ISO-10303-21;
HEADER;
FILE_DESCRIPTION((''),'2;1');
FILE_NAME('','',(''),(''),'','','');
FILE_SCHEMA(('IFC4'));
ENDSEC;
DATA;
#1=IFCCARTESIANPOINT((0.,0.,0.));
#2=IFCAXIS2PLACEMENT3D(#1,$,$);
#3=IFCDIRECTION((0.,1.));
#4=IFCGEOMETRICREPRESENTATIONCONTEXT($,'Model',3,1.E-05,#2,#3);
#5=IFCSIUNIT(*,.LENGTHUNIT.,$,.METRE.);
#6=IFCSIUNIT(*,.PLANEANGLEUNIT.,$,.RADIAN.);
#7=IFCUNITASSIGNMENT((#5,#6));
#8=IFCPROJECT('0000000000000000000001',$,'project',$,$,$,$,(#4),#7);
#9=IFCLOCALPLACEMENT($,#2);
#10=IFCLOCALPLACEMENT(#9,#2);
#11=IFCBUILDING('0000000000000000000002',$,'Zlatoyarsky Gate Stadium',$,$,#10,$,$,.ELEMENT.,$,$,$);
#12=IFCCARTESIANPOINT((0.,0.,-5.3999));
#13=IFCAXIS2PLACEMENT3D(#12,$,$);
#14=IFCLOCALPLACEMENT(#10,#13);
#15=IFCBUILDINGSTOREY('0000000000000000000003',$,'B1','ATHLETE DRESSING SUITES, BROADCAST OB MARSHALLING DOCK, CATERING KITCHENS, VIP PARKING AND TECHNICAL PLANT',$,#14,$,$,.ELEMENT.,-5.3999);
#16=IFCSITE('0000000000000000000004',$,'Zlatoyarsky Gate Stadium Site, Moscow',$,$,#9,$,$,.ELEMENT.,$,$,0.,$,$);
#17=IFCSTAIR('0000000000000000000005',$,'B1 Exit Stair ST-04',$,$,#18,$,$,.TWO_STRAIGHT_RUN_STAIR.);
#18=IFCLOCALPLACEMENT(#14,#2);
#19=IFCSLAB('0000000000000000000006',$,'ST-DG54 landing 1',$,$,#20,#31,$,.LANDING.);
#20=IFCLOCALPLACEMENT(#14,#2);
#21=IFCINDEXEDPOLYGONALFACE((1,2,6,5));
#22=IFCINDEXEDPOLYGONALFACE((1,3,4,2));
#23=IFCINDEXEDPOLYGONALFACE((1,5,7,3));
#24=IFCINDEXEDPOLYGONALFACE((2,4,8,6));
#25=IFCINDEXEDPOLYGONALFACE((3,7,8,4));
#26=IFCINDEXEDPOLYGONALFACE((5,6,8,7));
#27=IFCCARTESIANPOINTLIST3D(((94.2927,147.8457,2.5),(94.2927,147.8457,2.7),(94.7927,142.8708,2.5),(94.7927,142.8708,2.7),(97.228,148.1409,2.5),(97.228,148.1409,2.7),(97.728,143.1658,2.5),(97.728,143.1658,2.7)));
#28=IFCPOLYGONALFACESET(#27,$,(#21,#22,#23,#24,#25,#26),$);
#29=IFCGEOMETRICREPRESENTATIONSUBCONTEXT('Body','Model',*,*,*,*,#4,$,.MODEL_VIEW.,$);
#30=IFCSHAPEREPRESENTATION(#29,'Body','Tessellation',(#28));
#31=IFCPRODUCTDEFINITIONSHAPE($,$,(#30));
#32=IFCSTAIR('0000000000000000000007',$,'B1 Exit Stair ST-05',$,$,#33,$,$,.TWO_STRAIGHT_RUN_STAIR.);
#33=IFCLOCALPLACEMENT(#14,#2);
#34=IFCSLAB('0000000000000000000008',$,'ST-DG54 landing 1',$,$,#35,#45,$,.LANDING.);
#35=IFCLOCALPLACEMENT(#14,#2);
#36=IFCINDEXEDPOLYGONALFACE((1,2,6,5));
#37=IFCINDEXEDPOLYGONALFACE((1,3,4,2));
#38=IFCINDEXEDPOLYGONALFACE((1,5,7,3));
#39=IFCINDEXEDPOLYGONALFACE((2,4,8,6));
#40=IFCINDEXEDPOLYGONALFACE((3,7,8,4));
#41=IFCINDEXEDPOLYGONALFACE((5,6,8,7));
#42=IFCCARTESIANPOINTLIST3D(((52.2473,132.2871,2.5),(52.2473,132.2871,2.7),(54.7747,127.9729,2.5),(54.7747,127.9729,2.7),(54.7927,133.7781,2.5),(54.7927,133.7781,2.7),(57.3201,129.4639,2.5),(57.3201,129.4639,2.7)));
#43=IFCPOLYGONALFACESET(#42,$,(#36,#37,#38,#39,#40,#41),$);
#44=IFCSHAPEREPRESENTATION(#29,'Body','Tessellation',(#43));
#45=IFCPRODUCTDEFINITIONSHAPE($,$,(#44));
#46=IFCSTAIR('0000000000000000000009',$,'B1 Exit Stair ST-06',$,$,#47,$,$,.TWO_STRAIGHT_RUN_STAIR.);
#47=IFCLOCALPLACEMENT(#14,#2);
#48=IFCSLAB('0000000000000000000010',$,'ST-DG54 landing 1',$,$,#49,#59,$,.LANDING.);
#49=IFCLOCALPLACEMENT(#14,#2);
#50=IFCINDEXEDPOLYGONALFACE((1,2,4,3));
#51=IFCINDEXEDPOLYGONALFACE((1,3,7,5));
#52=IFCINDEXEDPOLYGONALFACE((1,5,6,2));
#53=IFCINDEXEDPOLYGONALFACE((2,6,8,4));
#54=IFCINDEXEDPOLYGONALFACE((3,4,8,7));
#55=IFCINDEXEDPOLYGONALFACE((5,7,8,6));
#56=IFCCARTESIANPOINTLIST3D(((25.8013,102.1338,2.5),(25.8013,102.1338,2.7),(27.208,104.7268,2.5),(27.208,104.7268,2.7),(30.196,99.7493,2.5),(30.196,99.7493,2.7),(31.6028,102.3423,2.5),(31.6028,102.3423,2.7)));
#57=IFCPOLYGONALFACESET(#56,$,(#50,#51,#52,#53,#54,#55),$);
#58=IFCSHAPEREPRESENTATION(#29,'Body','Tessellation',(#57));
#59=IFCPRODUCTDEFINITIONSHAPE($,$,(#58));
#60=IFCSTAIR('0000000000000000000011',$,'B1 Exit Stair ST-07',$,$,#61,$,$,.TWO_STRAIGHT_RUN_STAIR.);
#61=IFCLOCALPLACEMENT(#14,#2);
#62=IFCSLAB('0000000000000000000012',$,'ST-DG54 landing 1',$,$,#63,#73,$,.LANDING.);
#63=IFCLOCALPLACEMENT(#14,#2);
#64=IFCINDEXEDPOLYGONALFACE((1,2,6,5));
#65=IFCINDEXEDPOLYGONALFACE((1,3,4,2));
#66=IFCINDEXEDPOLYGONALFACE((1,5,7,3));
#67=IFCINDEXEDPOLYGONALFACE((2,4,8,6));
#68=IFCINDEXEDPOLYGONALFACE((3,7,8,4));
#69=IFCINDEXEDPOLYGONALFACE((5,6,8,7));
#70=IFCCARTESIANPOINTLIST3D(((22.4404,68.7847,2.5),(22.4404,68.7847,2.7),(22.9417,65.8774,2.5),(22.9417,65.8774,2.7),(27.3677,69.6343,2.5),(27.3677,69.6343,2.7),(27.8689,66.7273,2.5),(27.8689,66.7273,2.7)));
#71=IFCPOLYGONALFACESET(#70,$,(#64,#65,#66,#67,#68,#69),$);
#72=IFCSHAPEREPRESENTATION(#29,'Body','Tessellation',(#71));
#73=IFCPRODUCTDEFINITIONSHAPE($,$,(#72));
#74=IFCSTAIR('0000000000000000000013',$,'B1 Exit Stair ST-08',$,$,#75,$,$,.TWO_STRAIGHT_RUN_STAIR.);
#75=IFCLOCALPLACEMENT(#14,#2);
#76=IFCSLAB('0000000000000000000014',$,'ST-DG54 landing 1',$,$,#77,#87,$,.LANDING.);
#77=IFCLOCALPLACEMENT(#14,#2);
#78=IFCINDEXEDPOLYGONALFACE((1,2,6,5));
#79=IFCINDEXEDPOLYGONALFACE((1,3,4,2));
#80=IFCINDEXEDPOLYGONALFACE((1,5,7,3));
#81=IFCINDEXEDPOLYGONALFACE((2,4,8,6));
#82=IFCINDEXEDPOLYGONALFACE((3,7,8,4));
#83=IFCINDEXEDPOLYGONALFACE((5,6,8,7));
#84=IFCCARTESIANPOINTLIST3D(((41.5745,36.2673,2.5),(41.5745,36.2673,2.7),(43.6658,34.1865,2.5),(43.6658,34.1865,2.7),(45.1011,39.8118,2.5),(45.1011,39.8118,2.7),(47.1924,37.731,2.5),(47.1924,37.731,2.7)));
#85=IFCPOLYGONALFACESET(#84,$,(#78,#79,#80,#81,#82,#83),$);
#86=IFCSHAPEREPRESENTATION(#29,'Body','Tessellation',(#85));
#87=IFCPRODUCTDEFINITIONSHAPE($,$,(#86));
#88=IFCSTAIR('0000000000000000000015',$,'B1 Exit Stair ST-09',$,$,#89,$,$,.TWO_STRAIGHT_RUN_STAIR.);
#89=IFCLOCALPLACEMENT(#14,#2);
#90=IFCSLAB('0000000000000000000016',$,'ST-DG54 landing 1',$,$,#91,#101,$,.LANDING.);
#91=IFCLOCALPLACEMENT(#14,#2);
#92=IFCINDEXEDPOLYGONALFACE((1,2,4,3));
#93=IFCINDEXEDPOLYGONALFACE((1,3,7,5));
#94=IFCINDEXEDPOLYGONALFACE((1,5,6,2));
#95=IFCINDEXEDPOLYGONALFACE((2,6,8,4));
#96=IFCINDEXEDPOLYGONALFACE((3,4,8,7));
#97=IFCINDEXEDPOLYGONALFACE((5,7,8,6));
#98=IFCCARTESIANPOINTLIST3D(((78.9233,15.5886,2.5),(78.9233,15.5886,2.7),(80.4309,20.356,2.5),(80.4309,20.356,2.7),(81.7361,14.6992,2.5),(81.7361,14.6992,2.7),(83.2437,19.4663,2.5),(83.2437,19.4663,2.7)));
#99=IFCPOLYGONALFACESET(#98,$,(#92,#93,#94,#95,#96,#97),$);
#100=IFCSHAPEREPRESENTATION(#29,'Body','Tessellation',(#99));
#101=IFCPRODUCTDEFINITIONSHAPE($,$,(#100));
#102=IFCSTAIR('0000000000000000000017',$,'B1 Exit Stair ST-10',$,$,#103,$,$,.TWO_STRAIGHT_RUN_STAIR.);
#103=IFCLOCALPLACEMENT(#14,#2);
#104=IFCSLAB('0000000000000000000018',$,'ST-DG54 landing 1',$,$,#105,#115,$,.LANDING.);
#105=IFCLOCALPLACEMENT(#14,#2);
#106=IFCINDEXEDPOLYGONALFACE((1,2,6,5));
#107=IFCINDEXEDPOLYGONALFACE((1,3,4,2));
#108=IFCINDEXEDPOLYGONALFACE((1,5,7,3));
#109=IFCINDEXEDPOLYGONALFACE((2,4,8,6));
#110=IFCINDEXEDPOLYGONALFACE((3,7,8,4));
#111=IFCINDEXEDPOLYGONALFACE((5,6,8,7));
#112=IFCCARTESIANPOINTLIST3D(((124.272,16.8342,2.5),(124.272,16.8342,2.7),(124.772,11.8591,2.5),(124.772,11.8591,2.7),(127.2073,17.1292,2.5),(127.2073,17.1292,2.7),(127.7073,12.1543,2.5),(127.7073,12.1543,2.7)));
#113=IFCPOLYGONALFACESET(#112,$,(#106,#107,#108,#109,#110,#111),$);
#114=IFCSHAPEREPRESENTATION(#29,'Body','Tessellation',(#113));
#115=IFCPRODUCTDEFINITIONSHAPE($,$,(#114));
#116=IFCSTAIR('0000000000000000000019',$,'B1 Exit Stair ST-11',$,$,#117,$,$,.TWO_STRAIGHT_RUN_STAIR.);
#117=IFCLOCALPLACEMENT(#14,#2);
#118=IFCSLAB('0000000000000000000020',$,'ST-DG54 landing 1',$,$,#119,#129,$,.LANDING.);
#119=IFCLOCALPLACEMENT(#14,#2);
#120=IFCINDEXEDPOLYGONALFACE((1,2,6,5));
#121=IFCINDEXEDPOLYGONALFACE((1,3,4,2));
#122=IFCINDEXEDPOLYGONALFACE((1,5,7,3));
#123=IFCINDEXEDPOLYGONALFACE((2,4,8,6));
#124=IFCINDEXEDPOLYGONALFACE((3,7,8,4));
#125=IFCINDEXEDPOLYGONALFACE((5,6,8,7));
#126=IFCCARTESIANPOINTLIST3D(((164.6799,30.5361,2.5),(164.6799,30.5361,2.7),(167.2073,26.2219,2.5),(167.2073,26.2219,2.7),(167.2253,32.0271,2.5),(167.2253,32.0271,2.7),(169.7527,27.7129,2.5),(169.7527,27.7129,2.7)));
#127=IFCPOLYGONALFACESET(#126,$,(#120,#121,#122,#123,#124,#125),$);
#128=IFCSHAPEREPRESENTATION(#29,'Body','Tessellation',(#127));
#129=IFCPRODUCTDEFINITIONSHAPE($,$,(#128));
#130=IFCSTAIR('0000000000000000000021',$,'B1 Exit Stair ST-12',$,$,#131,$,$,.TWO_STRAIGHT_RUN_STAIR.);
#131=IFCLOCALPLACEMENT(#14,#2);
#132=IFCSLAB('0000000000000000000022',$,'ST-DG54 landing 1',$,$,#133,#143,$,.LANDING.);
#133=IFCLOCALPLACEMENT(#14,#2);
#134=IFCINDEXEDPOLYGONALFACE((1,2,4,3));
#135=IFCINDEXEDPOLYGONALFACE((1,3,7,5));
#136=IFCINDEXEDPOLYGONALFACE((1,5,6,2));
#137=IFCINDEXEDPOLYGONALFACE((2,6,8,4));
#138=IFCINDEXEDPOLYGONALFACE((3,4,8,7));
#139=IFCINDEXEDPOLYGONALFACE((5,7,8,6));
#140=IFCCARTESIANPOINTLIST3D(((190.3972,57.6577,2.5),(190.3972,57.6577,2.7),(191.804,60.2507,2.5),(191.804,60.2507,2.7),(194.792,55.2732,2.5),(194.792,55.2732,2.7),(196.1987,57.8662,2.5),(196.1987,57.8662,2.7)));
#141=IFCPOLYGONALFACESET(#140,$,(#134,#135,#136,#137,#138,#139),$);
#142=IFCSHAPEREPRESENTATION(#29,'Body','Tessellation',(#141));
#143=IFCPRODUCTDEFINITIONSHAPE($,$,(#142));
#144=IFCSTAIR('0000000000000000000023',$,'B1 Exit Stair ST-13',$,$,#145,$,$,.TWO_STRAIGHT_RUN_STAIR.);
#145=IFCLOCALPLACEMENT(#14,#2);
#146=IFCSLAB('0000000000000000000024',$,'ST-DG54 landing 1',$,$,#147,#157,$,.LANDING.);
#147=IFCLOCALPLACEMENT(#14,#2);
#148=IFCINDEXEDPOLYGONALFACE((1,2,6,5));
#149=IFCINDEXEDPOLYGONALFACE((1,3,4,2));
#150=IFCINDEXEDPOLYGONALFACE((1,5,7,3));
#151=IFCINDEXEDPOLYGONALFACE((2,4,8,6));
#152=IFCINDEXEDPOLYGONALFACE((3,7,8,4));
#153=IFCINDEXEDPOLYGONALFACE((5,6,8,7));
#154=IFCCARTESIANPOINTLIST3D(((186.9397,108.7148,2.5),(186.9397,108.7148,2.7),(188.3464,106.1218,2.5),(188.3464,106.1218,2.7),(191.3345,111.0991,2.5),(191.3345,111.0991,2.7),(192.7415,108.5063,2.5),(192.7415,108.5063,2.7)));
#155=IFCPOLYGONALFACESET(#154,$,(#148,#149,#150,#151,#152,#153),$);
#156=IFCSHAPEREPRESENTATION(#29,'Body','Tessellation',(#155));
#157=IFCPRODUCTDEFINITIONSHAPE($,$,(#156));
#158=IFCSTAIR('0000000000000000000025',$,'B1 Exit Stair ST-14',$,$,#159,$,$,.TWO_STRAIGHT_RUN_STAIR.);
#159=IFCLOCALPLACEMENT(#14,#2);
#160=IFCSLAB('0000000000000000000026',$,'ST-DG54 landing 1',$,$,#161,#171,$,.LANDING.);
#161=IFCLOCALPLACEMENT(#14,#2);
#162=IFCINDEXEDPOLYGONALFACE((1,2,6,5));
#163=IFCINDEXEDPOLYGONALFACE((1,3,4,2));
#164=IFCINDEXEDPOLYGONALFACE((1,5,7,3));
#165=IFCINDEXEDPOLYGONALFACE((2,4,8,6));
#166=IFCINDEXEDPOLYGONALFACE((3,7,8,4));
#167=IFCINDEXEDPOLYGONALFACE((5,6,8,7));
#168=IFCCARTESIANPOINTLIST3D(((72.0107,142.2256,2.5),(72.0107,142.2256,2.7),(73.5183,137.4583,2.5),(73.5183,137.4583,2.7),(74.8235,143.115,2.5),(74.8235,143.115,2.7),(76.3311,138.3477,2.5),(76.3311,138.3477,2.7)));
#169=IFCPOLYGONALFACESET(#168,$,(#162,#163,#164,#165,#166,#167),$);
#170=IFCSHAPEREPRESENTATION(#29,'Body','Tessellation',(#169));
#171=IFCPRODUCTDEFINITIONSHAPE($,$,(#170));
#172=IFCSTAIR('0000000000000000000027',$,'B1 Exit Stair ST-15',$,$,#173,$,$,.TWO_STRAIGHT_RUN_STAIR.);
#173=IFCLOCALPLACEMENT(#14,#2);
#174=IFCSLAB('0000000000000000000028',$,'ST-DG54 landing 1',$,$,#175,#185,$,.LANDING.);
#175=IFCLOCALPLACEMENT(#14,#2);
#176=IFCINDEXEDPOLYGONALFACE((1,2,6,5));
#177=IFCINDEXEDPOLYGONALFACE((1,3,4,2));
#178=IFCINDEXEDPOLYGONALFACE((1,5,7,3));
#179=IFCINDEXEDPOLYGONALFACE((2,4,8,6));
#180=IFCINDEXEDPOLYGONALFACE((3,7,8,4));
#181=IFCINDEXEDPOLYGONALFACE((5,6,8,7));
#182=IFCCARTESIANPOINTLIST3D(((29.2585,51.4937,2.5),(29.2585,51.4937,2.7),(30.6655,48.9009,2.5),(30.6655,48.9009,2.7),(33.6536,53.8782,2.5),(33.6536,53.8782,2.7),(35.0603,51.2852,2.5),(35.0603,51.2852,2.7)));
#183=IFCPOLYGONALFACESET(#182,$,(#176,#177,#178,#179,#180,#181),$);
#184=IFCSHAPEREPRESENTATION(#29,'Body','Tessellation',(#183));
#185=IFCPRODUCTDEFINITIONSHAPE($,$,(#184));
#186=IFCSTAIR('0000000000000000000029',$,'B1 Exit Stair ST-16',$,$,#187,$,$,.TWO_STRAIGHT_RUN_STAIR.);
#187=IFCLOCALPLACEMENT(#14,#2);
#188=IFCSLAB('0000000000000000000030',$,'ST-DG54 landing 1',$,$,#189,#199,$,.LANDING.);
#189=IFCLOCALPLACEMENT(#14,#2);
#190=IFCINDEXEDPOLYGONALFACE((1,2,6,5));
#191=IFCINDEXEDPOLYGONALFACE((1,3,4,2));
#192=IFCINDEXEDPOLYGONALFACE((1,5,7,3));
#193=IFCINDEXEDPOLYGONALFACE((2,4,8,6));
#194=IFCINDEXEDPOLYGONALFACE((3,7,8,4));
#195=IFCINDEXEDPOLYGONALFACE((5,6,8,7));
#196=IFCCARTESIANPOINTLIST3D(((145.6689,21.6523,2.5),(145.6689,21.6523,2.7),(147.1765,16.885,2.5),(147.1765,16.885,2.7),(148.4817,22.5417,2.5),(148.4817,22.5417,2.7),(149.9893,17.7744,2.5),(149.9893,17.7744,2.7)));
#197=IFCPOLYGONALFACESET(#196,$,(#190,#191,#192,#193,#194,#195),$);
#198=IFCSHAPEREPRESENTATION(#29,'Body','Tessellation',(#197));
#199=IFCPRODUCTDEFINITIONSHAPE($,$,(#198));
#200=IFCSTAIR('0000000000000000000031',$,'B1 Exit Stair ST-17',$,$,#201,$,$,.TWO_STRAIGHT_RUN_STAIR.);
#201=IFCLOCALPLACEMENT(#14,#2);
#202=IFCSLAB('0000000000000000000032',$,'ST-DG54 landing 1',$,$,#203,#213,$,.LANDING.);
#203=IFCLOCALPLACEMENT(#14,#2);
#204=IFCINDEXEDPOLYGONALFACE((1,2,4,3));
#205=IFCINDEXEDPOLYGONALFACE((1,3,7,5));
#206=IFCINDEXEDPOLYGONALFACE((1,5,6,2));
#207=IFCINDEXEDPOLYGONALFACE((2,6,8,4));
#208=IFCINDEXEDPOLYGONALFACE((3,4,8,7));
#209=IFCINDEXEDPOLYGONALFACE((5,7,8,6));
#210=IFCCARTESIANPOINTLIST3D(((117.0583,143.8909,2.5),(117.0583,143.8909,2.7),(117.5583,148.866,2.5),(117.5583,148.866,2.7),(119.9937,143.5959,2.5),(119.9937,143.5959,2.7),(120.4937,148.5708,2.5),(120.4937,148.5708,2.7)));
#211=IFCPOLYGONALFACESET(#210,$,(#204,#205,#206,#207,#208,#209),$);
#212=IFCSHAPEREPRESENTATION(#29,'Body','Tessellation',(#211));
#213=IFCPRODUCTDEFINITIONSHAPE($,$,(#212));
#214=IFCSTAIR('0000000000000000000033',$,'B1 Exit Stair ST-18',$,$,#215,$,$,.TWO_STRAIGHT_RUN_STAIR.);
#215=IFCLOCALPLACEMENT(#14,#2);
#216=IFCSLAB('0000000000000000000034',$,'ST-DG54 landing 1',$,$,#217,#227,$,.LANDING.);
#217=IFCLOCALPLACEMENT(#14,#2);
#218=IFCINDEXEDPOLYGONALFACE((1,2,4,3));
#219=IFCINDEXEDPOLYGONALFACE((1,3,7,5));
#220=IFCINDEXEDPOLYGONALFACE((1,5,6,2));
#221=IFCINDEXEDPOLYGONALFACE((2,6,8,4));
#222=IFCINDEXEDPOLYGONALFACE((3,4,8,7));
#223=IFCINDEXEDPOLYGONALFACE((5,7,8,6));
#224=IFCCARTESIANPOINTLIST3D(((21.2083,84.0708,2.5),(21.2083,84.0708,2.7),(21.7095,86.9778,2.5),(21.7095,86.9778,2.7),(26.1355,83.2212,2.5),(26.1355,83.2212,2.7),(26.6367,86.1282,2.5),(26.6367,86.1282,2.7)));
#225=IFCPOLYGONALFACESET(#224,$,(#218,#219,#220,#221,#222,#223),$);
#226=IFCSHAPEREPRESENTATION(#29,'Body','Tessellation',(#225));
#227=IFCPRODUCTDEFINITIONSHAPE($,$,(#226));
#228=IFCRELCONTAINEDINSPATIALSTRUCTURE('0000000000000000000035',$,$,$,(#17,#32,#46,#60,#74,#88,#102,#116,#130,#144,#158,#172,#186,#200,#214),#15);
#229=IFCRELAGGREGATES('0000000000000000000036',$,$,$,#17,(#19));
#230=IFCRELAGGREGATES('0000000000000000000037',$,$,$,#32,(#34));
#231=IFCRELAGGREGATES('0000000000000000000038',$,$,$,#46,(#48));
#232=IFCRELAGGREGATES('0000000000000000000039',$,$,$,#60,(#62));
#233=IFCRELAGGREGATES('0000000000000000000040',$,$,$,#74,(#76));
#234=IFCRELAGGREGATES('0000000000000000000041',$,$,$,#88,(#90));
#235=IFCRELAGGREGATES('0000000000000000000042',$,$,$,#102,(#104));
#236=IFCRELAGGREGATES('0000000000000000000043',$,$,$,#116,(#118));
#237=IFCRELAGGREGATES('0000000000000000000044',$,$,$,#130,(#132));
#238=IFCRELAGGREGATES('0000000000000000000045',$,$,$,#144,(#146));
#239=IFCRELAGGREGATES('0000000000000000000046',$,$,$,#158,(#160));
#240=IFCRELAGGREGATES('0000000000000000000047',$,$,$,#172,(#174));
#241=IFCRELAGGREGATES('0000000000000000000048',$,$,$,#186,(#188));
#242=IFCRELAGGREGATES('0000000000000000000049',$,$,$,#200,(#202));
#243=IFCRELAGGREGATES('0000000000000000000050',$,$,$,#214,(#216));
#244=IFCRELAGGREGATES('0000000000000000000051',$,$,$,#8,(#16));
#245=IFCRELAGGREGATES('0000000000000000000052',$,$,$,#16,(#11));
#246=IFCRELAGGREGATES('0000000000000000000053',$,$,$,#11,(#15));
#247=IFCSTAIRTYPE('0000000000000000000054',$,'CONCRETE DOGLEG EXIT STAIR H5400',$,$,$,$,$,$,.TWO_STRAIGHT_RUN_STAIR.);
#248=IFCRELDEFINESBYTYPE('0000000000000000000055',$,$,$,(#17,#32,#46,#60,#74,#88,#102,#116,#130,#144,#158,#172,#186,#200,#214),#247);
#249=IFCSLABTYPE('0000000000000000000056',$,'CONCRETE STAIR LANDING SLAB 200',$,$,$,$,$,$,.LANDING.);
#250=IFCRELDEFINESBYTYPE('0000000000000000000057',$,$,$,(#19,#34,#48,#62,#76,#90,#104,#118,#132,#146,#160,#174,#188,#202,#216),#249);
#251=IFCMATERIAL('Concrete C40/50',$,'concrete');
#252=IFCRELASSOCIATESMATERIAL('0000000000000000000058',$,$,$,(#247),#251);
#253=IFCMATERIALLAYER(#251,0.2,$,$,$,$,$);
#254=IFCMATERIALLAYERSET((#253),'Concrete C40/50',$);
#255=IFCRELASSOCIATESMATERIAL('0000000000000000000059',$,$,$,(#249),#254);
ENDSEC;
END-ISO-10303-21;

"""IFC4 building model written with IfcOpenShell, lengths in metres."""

from ifc_helpers import new_model, si_unit, direction, frame, origin, place, context, subcontext, project, spatial, polyline, outline, extrude, material, layer, layer_set, type_object, element, aggregate, save


model = new_model("IFC4")

# Units and contexts
model_context = context("Model", 3, precision=1e-05, world=origin(), true_north=direction((0.0, 1.0)))
body_context = subcontext(model_context, "Body", "Model", "MODEL_VIEW")
ifc_project = project(units=[si_unit("LENGTHUNIT", "METRE"), si_unit("PLANEANGLEUNIT", "RADIAN")], contexts=[model_context])

# Site, building, storey
site_placement = place(None, origin())
site = spatial("IfcSite", under=ifc_project, at=site_placement, Name="Zlatoyarsky Gate Stadium Site, Moscow", CompositionType="ELEMENT", RefElevation=0.0)
building_placement = place(site_placement, origin())
building = spatial("IfcBuilding", under=site, at=building_placement, Name="Zlatoyarsky Gate Stadium", CompositionType="ELEMENT")
storey_placement = place(building_placement, frame((0.0, 0.0, -5.3999)))
storey = spatial("IfcBuildingStorey", under=building, at=storey_placement, Name="B1", Description="ATHLETE DRESSING SUITES, BROADCAST OB MARSHALLING DOCK, CATERING KITCHENS, VIP PARKING AND TECHNICAL PLANT", CompositionType="ELEMENT", Elevation=-5.3999)

# Stairs, slabs
ifc_material_1 = material(Name="Concrete C40/50", Category="concrete")
stair_type = type_object("IfcStairType", Name="CONCRETE DOGLEG EXIT STAIR H5400", PredefinedType="TWO_STRAIGHT_RUN_STAIR", material=ifc_material_1)
ifc_layer_1 = layer(ifc_material_1, 0.2)
ifc_layer_set_1 = layer_set([ifc_layer_1], Name="Concrete C40/50")
slab_type_1 = type_object("IfcSlabType", Name="CONCRETE STAIR LANDING SLAB 200", PredefinedType="LANDING", material=ifc_layer_set_1)
stair_1_placement = place(storey_placement, origin())
stair_1 = element("IfcStair", 1, at=stair_1_placement, inside=storey, type_object=stair_type, Name="B1 Exit Stair ST-04", PredefinedType="TWO_STRAIGHT_RUN_STAIR")
slab_1_placement = place(storey_placement, frame((0.0, 0.0, 2.5)))
slab_1 = element("IfcSlab", 2, at=slab_1_placement, type_object=slab_type_1, Name="ST-DG54 landing 1", PredefinedType="LANDING", context=body_context, shape_type="SweptSolid", body=[
    extrude(outline(polyline([(97.228, 148.1409), (94.2927, 147.8457), (94.7927, 142.8708), (97.728, 143.1658), (97.228, 148.1409)])), origin(), (0.0, 0.0, 1.0), 0.2),
])
aggregate(stair_1, [slab_1])
stair_2_placement = place(storey_placement, origin())
stair_2 = element("IfcStair", 3, at=stair_2_placement, inside=storey, type_object=stair_type, Name="B1 Exit Stair ST-05", PredefinedType="TWO_STRAIGHT_RUN_STAIR")
slab_2_placement = place(storey_placement, frame((0.0, 0.0, 2.5)))
slab_2 = element("IfcSlab", 4, at=slab_2_placement, type_object=slab_type_1, Name="ST-DG54 landing 1", PredefinedType="LANDING", context=body_context, shape_type="SweptSolid", body=[
    extrude(outline(polyline([(54.7927, 133.7781), (52.2473, 132.2871), (54.7747, 127.9729), (57.3201, 129.4639), (54.7927, 133.7781)])), origin(), (0.0, 0.0, 1.0), 0.2),
])
aggregate(stair_2, [slab_2])
stair_3_placement = place(storey_placement, origin())
stair_3 = element("IfcStair", 5, at=stair_3_placement, inside=storey, type_object=stair_type, Name="B1 Exit Stair ST-06", PredefinedType="TWO_STRAIGHT_RUN_STAIR")
slab_3_placement = place(storey_placement, frame((0.0, 0.0, 2.5)))
slab_3 = element("IfcSlab", 6, at=slab_3_placement, type_object=slab_type_1, Name="ST-DG54 landing 1", PredefinedType="LANDING", context=body_context, shape_type="SweptSolid", body=[
    extrude(outline(polyline([(27.208, 104.7268), (25.8013, 102.1338), (30.196, 99.7493), (31.6028, 102.3423), (27.208, 104.7268)])), origin(), (0.0, 0.0, 1.0), 0.2),
])
aggregate(stair_3, [slab_3])
stair_4_placement = place(storey_placement, origin())
stair_4 = element("IfcStair", 7, at=stair_4_placement, inside=storey, type_object=stair_type, Name="B1 Exit Stair ST-07", PredefinedType="TWO_STRAIGHT_RUN_STAIR")
slab_4_placement = place(storey_placement, frame((0.0, 0.0, 2.5)))
slab_4 = element("IfcSlab", 8, at=slab_4_placement, type_object=slab_type_1, Name="ST-DG54 landing 1", PredefinedType="LANDING", context=body_context, shape_type="SweptSolid", body=[
    extrude(outline(polyline([(22.4404, 68.7847), (22.9417, 65.8774), (27.8689, 66.7273), (27.3677, 69.6343), (22.4404, 68.7847)])), origin(), (0.0, 0.0, 1.0), 0.2),
])
aggregate(stair_4, [slab_4])
stair_5_placement = place(storey_placement, origin())
stair_5 = element("IfcStair", 9, at=stair_5_placement, inside=storey, type_object=stair_type, Name="B1 Exit Stair ST-08", PredefinedType="TWO_STRAIGHT_RUN_STAIR")
slab_5_placement = place(storey_placement, frame((0.0, 0.0, 2.5)))
slab_5 = element("IfcSlab", 10, at=slab_5_placement, type_object=slab_type_1, Name="ST-DG54 landing 1", PredefinedType="LANDING", context=body_context, shape_type="SweptSolid", body=[
    extrude(outline(polyline([(41.5745, 36.2673), (43.6658, 34.1865), (47.1924, 37.731), (45.1011, 39.8118), (41.5745, 36.2673)])), origin(), (0.0, 0.0, 1.0), 0.2),
])
aggregate(stair_5, [slab_5])
stair_6_placement = place(storey_placement, origin())
stair_6 = element("IfcStair", 11, at=stair_6_placement, inside=storey, type_object=stair_type, Name="B1 Exit Stair ST-09", PredefinedType="TWO_STRAIGHT_RUN_STAIR")
slab_6_placement = place(storey_placement, frame((0.0, 0.0, 2.5)))
slab_6 = element("IfcSlab", 12, at=slab_6_placement, type_object=slab_type_1, Name="ST-DG54 landing 1", PredefinedType="LANDING", context=body_context, shape_type="SweptSolid", body=[
    extrude(outline(polyline([(78.9233, 15.5886), (81.7361, 14.6992), (83.2437, 19.4663), (80.4309, 20.356), (78.9233, 15.5886)])), origin(), (0.0, 0.0, 1.0), 0.2),
])
aggregate(stair_6, [slab_6])
stair_7_placement = place(storey_placement, origin())
stair_7 = element("IfcStair", 13, at=stair_7_placement, inside=storey, type_object=stair_type, Name="B1 Exit Stair ST-10", PredefinedType="TWO_STRAIGHT_RUN_STAIR")
slab_7_placement = place(storey_placement, frame((0.0, 0.0, 2.5)))
slab_7 = element("IfcSlab", 14, at=slab_7_placement, type_object=slab_type_1, Name="ST-DG54 landing 1", PredefinedType="LANDING", context=body_context, shape_type="SweptSolid", body=[
    extrude(outline(polyline([(124.772, 11.8591), (127.7073, 12.1543), (127.2073, 17.1292), (124.272, 16.8342), (124.772, 11.8591)])), origin(), (0.0, 0.0, 1.0), 0.2),
])
aggregate(stair_7, [slab_7])
stair_8_placement = place(storey_placement, origin())
stair_8 = element("IfcStair", 15, at=stair_8_placement, inside=storey, type_object=stair_type, Name="B1 Exit Stair ST-11", PredefinedType="TWO_STRAIGHT_RUN_STAIR")
slab_8_placement = place(storey_placement, frame((0.0, 0.0, 2.5)))
slab_8 = element("IfcSlab", 16, at=slab_8_placement, type_object=slab_type_1, Name="ST-DG54 landing 1", PredefinedType="LANDING", context=body_context, shape_type="SweptSolid", body=[
    extrude(outline(polyline([(167.2073, 26.2219), (169.7527, 27.7129), (167.2253, 32.0271), (164.6799, 30.5361), (167.2073, 26.2219)])), origin(), (0.0, 0.0, 1.0), 0.2),
])
aggregate(stair_8, [slab_8])
stair_9_placement = place(storey_placement, origin())
stair_9 = element("IfcStair", 17, at=stair_9_placement, inside=storey, type_object=stair_type, Name="B1 Exit Stair ST-12", PredefinedType="TWO_STRAIGHT_RUN_STAIR")
slab_9_placement = place(storey_placement, frame((0.0, 0.0, 2.5)))
slab_9 = element("IfcSlab", 18, at=slab_9_placement, type_object=slab_type_1, Name="ST-DG54 landing 1", PredefinedType="LANDING", context=body_context, shape_type="SweptSolid", body=[
    extrude(outline(polyline([(194.792, 55.2732), (196.1987, 57.8662), (191.804, 60.2507), (190.3972, 57.6577), (194.792, 55.2732)])), origin(), (0.0, 0.0, 1.0), 0.2),
])
aggregate(stair_9, [slab_9])
stair_10_placement = place(storey_placement, origin())
stair_10 = element("IfcStair", 19, at=stair_10_placement, inside=storey, type_object=stair_type, Name="B1 Exit Stair ST-13", PredefinedType="TWO_STRAIGHT_RUN_STAIR")
slab_10_placement = place(storey_placement, frame((0.0, 0.0, 2.5)))
slab_10 = element("IfcSlab", 20, at=slab_10_placement, type_object=slab_type_1, Name="ST-DG54 landing 1", PredefinedType="LANDING", context=body_context, shape_type="SweptSolid", body=[
    extrude(outline(polyline([(192.7415, 108.5063), (191.3345, 111.0991), (186.9397, 108.7148), (188.3464, 106.1218), (192.7415, 108.5063)])), origin(), (0.0, 0.0, 1.0), 0.2),
])
aggregate(stair_10, [slab_10])
stair_11_placement = place(storey_placement, origin())
stair_11 = element("IfcStair", 21, at=stair_11_placement, inside=storey, type_object=stair_type, Name="B1 Exit Stair ST-14", PredefinedType="TWO_STRAIGHT_RUN_STAIR")
slab_11_placement = place(storey_placement, frame((0.0, 0.0, 2.5)))
slab_11 = element("IfcSlab", 22, at=slab_11_placement, type_object=slab_type_1, Name="ST-DG54 landing 1", PredefinedType="LANDING", context=body_context, shape_type="SweptSolid", body=[
    extrude(outline(polyline([(74.8235, 143.115), (72.0107, 142.2256), (73.5183, 137.4583), (76.3311, 138.3477), (74.8235, 143.115)])), origin(), (0.0, 0.0, 1.0), 0.2),
])
aggregate(stair_11, [slab_11])
stair_12_placement = place(storey_placement, origin())
stair_12 = element("IfcStair", 23, at=stair_12_placement, inside=storey, type_object=stair_type, Name="B1 Exit Stair ST-15", PredefinedType="TWO_STRAIGHT_RUN_STAIR")
slab_12_placement = place(storey_placement, frame((0.0, 0.0, 2.5)))
slab_12 = element("IfcSlab", 24, at=slab_12_placement, type_object=slab_type_1, Name="ST-DG54 landing 1", PredefinedType="LANDING", context=body_context, shape_type="SweptSolid", body=[
    extrude(outline(polyline([(29.2585, 51.4937), (30.6655, 48.9009), (35.0603, 51.2852), (33.6536, 53.8782), (29.2585, 51.4937)])), origin(), (0.0, 0.0, 1.0), 0.2),
])
aggregate(stair_12, [slab_12])
stair_13_placement = place(storey_placement, origin())
stair_13 = element("IfcStair", 25, at=stair_13_placement, inside=storey, type_object=stair_type, Name="B1 Exit Stair ST-16", PredefinedType="TWO_STRAIGHT_RUN_STAIR")
slab_13_placement = place(storey_placement, frame((0.0, 0.0, 2.5)))
slab_13 = element("IfcSlab", 26, at=slab_13_placement, type_object=slab_type_1, Name="ST-DG54 landing 1", PredefinedType="LANDING", context=body_context, shape_type="SweptSolid", body=[
    extrude(outline(polyline([(147.1765, 16.885), (149.9893, 17.7744), (148.4817, 22.5417), (145.6689, 21.6523), (147.1765, 16.885)])), origin(), (0.0, 0.0, 1.0), 0.2),
])
aggregate(stair_13, [slab_13])
stair_14_placement = place(storey_placement, origin())
stair_14 = element("IfcStair", 27, at=stair_14_placement, inside=storey, type_object=stair_type, Name="B1 Exit Stair ST-17", PredefinedType="TWO_STRAIGHT_RUN_STAIR")
slab_14_placement = place(storey_placement, frame((0.0, 0.0, 2.5)))
slab_14 = element("IfcSlab", 28, at=slab_14_placement, type_object=slab_type_1, Name="ST-DG54 landing 1", PredefinedType="LANDING", context=body_context, shape_type="SweptSolid", body=[
    extrude(outline(polyline([(120.4937, 148.5708), (117.5583, 148.866), (117.0583, 143.8909), (119.9937, 143.5959), (120.4937, 148.5708)])), origin(), (0.0, 0.0, 1.0), 0.2),
])
aggregate(stair_14, [slab_14])
stair_15_placement = place(storey_placement, origin())
stair_15 = element("IfcStair", 29, at=stair_15_placement, inside=storey, type_object=stair_type, Name="B1 Exit Stair ST-18", PredefinedType="TWO_STRAIGHT_RUN_STAIR")
slab_15_placement = place(storey_placement, frame((0.0, 0.0, 2.5)))
slab_15 = element("IfcSlab", 30, at=slab_15_placement, type_object=slab_type_1, Name="ST-DG54 landing 1", PredefinedType="LANDING", context=body_context, shape_type="SweptSolid", body=[
    extrude(outline(polyline([(21.7095, 86.9778), (21.2083, 84.0708), (26.1355, 83.2212), (26.6367, 86.1282), (21.7095, 86.9778)])), origin(), (0.0, 0.0, 1.0), 0.2),
])
aggregate(stair_15, [slab_15])

save(model, "model.ifc")
